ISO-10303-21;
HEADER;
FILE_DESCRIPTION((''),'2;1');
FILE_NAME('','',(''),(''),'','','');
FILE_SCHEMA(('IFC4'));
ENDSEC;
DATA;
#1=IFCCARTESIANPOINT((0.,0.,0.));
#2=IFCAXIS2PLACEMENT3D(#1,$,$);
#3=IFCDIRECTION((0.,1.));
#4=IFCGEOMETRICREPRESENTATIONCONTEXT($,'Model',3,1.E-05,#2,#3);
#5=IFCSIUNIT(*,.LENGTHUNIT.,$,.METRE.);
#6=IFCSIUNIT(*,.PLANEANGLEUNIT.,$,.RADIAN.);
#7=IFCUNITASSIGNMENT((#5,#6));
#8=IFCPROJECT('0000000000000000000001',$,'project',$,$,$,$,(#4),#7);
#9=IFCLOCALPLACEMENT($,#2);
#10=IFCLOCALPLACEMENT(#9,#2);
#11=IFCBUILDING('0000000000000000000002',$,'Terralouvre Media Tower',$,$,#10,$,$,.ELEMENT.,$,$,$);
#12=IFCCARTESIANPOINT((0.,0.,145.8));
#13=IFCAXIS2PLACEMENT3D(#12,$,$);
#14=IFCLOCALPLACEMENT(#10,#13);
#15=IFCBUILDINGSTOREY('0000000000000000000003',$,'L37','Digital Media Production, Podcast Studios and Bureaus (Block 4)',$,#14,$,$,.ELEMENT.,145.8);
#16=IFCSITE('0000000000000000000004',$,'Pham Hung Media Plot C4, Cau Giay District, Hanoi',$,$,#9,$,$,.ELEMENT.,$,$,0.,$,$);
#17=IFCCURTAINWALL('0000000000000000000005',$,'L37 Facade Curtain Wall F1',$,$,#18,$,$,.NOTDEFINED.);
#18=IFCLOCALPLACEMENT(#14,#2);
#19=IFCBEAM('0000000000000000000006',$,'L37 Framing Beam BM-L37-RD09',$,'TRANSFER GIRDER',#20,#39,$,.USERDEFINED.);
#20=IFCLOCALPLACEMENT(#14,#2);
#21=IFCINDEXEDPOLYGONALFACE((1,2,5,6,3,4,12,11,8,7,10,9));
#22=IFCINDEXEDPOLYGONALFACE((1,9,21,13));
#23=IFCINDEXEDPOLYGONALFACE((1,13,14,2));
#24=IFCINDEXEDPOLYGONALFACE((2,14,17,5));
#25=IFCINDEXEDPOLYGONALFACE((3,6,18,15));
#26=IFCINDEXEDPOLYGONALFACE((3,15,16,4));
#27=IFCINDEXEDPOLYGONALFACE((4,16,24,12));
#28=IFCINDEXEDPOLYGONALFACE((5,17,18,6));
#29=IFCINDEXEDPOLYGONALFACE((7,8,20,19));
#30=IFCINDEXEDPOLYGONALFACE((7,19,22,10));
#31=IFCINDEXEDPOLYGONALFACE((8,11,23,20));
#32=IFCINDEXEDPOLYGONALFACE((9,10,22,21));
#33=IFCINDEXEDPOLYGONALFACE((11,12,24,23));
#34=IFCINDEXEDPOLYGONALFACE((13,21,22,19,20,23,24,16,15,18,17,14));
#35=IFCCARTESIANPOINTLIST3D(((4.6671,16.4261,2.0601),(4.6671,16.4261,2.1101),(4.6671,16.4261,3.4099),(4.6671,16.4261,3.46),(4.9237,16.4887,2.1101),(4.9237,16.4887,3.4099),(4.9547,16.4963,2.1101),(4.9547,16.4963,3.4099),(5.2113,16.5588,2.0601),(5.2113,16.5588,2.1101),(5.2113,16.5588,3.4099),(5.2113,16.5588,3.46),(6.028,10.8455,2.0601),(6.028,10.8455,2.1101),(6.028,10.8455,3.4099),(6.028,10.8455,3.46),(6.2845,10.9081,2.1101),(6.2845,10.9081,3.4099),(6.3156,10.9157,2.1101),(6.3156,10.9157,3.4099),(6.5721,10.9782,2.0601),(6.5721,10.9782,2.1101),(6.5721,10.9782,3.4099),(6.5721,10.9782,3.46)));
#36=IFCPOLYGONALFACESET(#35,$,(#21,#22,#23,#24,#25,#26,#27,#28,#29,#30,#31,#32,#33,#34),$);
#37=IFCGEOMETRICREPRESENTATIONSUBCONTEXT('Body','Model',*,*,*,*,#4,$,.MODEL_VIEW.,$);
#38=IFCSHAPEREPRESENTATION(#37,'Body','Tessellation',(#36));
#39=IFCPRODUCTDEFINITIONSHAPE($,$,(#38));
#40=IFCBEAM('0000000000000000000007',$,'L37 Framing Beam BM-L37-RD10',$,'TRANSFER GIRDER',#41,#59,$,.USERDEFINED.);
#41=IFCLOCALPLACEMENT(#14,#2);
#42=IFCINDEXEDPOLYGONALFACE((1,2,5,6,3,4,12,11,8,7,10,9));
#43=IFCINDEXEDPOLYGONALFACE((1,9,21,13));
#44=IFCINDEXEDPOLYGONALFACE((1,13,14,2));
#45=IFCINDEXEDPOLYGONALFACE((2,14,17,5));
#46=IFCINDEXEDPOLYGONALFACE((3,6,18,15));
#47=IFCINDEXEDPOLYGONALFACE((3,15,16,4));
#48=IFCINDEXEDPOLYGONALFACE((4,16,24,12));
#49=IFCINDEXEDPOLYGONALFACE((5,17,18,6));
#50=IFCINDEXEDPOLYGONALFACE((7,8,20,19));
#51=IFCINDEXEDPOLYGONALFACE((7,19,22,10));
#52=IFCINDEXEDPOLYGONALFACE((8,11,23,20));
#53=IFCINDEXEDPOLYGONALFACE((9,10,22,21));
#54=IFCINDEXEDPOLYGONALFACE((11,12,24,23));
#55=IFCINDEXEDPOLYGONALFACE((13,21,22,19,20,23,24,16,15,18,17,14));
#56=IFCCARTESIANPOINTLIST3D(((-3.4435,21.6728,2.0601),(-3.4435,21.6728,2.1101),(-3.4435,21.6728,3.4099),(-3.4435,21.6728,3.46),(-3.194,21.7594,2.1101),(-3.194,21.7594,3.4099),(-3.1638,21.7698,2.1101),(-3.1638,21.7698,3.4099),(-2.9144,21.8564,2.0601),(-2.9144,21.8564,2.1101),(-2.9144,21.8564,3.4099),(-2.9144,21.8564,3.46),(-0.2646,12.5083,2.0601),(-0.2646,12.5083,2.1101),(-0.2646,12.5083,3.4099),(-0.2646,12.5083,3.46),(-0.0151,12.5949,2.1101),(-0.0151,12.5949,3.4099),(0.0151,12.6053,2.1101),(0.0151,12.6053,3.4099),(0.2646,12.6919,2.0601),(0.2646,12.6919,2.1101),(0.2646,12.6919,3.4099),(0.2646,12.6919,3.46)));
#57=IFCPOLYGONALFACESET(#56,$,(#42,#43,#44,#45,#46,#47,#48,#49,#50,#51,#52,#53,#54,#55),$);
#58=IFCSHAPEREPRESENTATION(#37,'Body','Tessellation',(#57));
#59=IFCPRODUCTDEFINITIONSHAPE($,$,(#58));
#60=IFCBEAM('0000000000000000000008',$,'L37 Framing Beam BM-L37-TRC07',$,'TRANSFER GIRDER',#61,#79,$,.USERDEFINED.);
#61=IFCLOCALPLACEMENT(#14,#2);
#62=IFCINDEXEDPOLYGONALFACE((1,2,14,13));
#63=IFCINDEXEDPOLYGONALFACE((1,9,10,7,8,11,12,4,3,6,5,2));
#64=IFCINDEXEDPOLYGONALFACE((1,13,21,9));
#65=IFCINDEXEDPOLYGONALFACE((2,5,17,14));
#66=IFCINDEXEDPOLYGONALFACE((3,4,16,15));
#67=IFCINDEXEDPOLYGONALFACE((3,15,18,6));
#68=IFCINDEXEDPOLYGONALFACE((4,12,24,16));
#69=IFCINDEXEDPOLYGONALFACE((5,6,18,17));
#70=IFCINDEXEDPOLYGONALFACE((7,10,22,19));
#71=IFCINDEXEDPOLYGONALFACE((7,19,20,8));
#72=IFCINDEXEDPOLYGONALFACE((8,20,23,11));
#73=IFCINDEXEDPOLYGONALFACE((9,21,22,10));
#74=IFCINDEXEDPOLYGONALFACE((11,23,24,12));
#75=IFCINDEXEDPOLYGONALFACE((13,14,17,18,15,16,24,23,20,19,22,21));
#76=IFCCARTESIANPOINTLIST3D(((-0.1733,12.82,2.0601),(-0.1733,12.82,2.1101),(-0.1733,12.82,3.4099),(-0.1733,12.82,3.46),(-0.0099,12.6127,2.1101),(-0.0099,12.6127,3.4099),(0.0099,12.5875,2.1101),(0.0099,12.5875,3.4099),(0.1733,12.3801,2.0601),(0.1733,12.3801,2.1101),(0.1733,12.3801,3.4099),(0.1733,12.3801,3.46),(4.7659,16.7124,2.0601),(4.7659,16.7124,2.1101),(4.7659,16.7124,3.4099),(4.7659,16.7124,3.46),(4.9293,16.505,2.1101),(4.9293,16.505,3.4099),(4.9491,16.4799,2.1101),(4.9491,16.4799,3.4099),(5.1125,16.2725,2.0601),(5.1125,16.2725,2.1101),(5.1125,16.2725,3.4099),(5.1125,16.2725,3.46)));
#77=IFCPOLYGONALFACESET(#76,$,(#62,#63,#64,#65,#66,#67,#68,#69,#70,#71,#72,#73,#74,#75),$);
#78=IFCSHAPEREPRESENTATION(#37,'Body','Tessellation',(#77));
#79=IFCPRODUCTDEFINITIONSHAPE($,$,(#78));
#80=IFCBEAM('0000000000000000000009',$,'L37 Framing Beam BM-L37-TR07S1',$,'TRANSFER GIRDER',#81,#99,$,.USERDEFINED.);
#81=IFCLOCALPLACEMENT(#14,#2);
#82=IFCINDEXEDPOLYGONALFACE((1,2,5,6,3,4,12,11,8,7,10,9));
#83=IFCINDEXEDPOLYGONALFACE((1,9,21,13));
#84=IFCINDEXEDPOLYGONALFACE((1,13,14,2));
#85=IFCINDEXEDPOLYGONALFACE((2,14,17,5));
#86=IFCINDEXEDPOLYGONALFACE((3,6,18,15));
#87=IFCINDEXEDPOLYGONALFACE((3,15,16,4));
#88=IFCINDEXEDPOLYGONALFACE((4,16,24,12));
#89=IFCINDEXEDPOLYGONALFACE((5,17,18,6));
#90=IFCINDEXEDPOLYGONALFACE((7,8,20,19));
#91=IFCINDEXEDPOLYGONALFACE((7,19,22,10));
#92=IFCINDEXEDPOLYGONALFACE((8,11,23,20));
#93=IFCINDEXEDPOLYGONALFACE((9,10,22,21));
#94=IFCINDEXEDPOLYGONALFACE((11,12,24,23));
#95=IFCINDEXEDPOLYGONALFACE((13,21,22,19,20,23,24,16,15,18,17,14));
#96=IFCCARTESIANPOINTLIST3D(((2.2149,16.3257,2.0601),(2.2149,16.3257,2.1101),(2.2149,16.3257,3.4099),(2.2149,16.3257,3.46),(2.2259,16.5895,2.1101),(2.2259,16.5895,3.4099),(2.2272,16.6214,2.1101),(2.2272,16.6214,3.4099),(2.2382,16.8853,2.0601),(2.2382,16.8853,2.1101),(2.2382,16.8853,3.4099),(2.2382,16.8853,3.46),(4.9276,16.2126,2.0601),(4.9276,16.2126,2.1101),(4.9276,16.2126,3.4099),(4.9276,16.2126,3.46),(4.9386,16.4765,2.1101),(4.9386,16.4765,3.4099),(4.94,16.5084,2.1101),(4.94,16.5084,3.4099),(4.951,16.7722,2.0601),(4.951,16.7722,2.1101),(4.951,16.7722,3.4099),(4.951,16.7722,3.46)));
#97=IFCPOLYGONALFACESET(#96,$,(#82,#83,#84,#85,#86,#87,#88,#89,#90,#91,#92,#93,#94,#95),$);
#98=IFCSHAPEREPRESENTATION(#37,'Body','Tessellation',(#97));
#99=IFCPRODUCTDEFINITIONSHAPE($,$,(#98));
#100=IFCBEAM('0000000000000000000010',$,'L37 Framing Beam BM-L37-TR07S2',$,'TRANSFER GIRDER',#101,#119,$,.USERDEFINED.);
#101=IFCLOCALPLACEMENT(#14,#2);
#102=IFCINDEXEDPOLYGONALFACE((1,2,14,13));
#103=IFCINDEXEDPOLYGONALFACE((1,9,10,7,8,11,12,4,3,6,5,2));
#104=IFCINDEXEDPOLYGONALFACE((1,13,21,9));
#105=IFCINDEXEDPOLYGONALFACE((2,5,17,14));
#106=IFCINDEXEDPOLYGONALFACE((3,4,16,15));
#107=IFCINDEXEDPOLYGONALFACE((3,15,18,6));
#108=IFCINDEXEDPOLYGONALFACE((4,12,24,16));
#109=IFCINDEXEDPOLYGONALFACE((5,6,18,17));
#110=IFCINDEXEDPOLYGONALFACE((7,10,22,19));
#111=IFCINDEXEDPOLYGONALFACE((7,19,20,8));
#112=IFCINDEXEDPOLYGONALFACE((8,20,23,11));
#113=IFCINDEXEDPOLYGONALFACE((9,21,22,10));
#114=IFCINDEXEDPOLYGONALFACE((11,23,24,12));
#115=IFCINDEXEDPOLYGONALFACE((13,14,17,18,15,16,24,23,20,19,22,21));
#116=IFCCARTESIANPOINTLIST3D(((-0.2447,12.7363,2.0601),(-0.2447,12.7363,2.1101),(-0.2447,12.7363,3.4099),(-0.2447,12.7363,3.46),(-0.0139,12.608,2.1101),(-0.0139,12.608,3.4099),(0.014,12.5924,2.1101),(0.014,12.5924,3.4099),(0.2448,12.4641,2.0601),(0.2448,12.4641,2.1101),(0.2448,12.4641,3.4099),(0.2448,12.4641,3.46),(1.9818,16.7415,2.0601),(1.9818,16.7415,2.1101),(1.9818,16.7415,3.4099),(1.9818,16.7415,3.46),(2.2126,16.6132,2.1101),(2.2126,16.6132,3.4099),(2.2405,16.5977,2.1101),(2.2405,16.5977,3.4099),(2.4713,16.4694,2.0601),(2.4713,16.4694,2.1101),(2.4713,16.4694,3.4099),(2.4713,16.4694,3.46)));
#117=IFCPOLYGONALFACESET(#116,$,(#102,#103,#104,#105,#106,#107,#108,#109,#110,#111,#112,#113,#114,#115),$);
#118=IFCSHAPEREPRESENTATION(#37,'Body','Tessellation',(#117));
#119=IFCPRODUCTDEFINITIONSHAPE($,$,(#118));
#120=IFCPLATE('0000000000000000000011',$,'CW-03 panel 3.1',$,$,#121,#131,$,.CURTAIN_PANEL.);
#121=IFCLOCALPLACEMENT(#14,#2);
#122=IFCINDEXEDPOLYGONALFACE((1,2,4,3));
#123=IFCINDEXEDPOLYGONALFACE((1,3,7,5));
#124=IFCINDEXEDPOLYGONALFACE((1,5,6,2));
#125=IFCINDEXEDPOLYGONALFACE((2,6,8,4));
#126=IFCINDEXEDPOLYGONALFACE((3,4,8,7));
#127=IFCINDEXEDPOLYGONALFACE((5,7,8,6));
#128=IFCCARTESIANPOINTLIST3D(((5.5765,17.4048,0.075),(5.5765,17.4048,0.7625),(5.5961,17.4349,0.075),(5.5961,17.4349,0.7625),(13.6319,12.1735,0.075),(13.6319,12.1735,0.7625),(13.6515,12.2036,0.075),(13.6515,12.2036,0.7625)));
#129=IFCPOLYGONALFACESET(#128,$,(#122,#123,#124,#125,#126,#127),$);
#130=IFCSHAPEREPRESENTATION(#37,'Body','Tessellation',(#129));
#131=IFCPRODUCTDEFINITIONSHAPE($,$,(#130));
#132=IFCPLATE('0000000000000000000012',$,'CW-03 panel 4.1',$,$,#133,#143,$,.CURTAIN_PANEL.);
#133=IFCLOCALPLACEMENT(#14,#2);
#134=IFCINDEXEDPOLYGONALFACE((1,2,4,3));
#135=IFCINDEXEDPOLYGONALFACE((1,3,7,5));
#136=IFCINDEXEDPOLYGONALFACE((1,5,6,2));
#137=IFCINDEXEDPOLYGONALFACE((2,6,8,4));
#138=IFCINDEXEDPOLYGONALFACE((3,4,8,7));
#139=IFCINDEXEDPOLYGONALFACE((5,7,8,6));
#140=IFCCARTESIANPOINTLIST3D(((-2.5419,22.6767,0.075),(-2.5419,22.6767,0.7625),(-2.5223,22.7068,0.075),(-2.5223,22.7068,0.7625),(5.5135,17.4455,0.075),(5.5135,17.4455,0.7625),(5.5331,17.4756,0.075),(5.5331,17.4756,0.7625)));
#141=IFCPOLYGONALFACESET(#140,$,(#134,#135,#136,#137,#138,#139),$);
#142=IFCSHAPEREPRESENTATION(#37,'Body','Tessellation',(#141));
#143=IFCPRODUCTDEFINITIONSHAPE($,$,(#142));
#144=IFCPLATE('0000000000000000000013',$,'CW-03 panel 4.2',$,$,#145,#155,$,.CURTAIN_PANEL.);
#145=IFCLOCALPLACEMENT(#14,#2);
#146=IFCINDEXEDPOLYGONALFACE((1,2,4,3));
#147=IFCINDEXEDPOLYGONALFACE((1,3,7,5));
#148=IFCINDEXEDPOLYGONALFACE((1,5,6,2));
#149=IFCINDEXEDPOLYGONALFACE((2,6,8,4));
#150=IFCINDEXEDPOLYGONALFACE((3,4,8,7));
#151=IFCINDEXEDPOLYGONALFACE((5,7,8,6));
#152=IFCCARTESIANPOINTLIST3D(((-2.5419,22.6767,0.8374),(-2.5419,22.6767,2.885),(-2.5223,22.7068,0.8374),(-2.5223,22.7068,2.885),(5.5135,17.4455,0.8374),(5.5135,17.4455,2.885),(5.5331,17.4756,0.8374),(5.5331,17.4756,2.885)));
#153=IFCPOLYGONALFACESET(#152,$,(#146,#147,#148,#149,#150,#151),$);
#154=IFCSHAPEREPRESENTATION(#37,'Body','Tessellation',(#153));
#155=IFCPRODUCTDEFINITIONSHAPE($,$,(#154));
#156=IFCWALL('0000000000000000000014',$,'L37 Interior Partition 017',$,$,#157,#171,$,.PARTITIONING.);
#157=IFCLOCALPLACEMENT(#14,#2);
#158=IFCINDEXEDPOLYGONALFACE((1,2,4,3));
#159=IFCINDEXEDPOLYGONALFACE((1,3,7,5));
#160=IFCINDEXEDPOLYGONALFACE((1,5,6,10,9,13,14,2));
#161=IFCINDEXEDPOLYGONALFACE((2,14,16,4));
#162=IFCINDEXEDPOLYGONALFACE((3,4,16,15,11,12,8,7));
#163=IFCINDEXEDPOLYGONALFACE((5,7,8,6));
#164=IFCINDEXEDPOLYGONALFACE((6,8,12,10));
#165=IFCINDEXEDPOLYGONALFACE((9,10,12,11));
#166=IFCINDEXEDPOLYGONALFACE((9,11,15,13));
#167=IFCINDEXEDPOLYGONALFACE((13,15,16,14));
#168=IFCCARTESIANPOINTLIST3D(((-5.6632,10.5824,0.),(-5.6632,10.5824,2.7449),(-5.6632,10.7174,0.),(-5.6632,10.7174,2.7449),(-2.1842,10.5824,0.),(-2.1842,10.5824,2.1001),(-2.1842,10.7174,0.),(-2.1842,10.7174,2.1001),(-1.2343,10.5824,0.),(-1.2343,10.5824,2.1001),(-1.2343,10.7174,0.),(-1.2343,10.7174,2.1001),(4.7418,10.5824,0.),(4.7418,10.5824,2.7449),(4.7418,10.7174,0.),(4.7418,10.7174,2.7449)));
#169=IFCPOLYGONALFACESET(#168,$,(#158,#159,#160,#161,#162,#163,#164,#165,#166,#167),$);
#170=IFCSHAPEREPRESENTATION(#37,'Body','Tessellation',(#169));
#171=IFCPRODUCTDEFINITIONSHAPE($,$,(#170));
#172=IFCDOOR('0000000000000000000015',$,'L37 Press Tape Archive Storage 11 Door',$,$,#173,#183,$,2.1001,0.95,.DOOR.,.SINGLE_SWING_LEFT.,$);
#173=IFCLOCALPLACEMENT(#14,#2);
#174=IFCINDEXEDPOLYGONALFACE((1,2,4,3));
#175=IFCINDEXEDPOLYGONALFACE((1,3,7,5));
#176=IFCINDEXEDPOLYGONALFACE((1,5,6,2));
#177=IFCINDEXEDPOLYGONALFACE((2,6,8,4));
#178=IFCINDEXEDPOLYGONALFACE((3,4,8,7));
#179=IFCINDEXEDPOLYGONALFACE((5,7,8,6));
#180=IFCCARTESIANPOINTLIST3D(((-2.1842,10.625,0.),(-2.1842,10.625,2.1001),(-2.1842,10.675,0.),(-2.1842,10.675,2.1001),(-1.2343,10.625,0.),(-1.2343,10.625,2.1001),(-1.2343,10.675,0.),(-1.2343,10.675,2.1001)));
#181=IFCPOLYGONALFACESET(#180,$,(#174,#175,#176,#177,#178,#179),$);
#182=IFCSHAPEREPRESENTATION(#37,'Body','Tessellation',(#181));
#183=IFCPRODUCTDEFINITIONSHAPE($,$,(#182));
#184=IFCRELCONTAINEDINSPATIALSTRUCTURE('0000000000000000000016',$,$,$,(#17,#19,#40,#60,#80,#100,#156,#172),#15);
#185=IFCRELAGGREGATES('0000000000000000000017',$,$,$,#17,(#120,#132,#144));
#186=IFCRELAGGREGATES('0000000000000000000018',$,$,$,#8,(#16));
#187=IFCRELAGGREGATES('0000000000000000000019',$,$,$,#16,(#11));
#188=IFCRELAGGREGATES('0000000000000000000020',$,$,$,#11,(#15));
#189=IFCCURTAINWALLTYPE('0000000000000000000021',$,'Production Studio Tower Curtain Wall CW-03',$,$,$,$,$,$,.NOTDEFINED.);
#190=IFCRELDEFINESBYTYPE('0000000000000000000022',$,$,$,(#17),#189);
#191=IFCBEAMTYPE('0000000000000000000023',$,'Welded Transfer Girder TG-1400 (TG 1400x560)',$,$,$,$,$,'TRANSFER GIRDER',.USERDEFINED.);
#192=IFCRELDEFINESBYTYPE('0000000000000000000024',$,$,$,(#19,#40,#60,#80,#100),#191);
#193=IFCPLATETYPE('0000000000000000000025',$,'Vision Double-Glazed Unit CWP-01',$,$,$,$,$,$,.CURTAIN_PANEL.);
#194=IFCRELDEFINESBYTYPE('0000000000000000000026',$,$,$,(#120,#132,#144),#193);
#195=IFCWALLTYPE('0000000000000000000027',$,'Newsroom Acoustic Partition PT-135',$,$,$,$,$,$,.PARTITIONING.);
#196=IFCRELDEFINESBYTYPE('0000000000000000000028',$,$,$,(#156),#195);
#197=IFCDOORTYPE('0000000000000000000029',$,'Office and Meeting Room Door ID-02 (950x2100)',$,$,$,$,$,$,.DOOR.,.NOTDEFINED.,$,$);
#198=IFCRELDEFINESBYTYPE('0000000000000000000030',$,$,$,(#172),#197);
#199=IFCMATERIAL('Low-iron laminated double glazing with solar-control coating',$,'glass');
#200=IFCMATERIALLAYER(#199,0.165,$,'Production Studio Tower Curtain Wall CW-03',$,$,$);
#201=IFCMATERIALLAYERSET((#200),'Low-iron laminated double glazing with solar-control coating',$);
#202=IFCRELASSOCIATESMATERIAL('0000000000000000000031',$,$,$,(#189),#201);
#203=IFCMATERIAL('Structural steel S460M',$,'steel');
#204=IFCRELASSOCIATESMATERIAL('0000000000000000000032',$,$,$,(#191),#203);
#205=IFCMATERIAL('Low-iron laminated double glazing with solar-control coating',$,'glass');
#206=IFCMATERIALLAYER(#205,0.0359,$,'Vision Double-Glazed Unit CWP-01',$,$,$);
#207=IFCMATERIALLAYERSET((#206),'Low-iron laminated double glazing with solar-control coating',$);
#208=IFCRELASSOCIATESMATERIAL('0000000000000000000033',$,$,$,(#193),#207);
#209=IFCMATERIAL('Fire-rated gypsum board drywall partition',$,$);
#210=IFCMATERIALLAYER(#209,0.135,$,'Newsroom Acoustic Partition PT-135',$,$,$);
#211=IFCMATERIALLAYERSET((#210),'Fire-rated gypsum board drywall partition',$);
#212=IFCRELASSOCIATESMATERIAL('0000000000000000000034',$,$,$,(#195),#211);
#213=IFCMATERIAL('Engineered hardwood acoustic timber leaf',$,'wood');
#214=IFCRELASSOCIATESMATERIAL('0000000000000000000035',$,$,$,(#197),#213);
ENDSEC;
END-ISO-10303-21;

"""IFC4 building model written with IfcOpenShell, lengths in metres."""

from ifc_helpers import new_model, si_unit, direction, frame, frame_2d, origin, origin_2d, place, context, subcontext, project, spatial, rectangle, i_section, extrude, material, layer, layer_set, material_profile, profile_set, type_object, element, fill, aggregate, save


model = new_model("IFC4")

# Units and contexts
model_context = context("Model", 3, precision=1e-05, world=origin(), true_north=direction((0.0, 1.0)))
body_context = subcontext(model_context, "Body", "Model", "MODEL_VIEW")
ifc_project = project(units=[si_unit("LENGTHUNIT", "METRE"), si_unit("PLANEANGLEUNIT", "RADIAN")], contexts=[model_context])

# Site, building, storey
site_placement = place(None, origin())
site = spatial("IfcSite", under=ifc_project, at=site_placement, Name="Pham Hung Media Plot C4, Cau Giay District, Hanoi", CompositionType="ELEMENT", RefElevation=0.0)
building_placement = place(site_placement, origin())
building = spatial("IfcBuilding", under=site, at=building_placement, Name="Terralouvre Media Tower", CompositionType="ELEMENT")
storey_placement = place(building_placement, frame((0.0, 0.0, 145.8)))
storey = spatial("IfcBuildingStorey", under=building, at=storey_placement, Name="L37", Description="Digital Media Production, Podcast Studios and Bureaus (Block 4)", CompositionType="ELEMENT", Elevation=145.8)

# Curtain wall
ifc_material_1 = material(Name="Low-iron laminated double glazing with solar-control coating", Category="glass")
ifc_layer_1 = layer(ifc_material_1, 0.165, Name="Production Studio Tower Curtain Wall CW-03")
ifc_layer_set_1 = layer_set([ifc_layer_1], Name="Low-iron laminated double glazing with solar-control coating")
curtain_wall_type = type_object("IfcCurtainWallType", Name="Production Studio Tower Curtain Wall CW-03", PredefinedType="NOTDEFINED", material=ifc_layer_set_1)
curtain_wall_placement = place(storey_placement, origin())
curtain_wall = element("IfcCurtainWall", 1, at=curtain_wall_placement, inside=storey, type_object=curtain_wall_type, Name="L37 Facade Curtain Wall F1", PredefinedType="NOTDEFINED")

# Beams
ifc_material_2 = material(Name="Structural steel S460M", Category="steel")
ifc_material_profile_1 = material_profile(ifc_material_2, i_section(OverallWidth=0.5601, OverallDepth=1.3999, WebThickness=0.032, FlangeThickness=0.05, at=origin_2d()), Name="TG 1400x560")
ifc_profile_set_1 = profile_set([ifc_material_profile_1], Name="Structural steel S460M")
beam_type_1 = type_object("IfcBeamType", Name="Welded Transfer Girder TG-1400 (TG 1400x560)", ElementType="TRANSFER GIRDER", PredefinedType="USERDEFINED", material=ifc_profile_set_1)
beam_1_placement = place(storey_placement, frame((6.3, 10.9119, 2.76), z_axis=(-0.236911, 0.971531, 0.0), x_axis=(-0.971531, -0.236911, 0.0)))
element("IfcBeam", 2, at=beam_1_placement, inside=storey, type_object=beam_type_1, Name="L37 Framing Beam BM-L37-RD09", ObjectType="TRANSFER GIRDER", PredefinedType="USERDEFINED", context=body_context, shape_type="SweptSolid", body=[
    extrude(i_section(OverallWidth=0.5601, OverallDepth=1.3999, WebThickness=0.032, FlangeThickness=0.05, at=origin_2d()), origin(), (0.0, 0.0, 1.0), 5.7441),
])
beam_2_placement = place(storey_placement, frame((0.0, 12.6001, 2.76), z_axis=(-0.327719, 0.944775, 0.0), x_axis=(-0.944775, -0.327719, 0.0)))
element("IfcBeam", 3, at=beam_2_placement, inside=storey, type_object=beam_type_1, Name="L37 Framing Beam BM-L37-RD10", ObjectType="TRANSFER GIRDER", PredefinedType="USERDEFINED", context=body_context, shape_type="SweptSolid", body=[
    extrude(i_section(OverallWidth=0.5601, OverallDepth=1.3999, WebThickness=0.032, FlangeThickness=0.05, at=origin_2d()), origin(), (0.0, 0.0, 1.0), 9.7002),
])
beam_3_placement = place(storey_placement, frame((4.9392, 16.4924, 2.76), z_axis=(-0.785427, -0.618954, 0.0), x_axis=(0.618954, -0.785427, 0.0)))
element("IfcBeam", 4, at=beam_3_placement, inside=storey, type_object=beam_type_1, Name="L37 Framing Beam BM-L37-TRC07", ObjectType="TRANSFER GIRDER", PredefinedType="USERDEFINED", context=body_context, shape_type="SweptSolid", body=[
    extrude(i_section(OverallWidth=0.5601, OverallDepth=1.3999, WebThickness=0.032, FlangeThickness=0.05, at=origin_2d()), origin(), (0.0, 0.0, 1.0), 6.2886),
])
beam_4_placement = place(storey_placement, frame((2.2266, 16.6055, 2.76), z_axis=(0.999133, -0.041634, 0.0), x_axis=(0.041634, 0.999133, 0.0)))
element("IfcBeam", 5, at=beam_4_placement, inside=storey, type_object=beam_type_1, Name="L37 Framing Beam BM-L37-TR07S1", ObjectType="TRANSFER GIRDER", PredefinedType="USERDEFINED", context=body_context, shape_type="SweptSolid", body=[
    extrude(i_section(OverallWidth=0.5601, OverallDepth=1.3999, WebThickness=0.032, FlangeThickness=0.05, at=origin_2d()), origin(), (0.0, 0.0, 1.0), 2.7151),
])
beam_5_placement = place(storey_placement, frame((2.2266, 16.6055, 2.76), z_axis=(-0.485869, -0.874032, 0.0), x_axis=(0.874032, -0.485869, 0.0)))
element("IfcBeam", 6, at=beam_5_placement, inside=storey, type_object=beam_type_1, Name="L37 Framing Beam BM-L37-TR07S2", ObjectType="TRANSFER GIRDER", PredefinedType="USERDEFINED", context=body_context, shape_type="SweptSolid", body=[
    extrude(i_section(OverallWidth=0.5601, OverallDepth=1.3999, WebThickness=0.032, FlangeThickness=0.05, at=origin_2d()), origin(), (0.0, 0.0, 1.0), 4.5825),
])

# Plates
ifc_material_3 = material(Name="Low-iron laminated double glazing with solar-control coating", Category="glass")
ifc_layer_2 = layer(ifc_material_3, 0.0359, Name="Vision Double-Glazed Unit CWP-01")
ifc_layer_set_2 = layer_set([ifc_layer_2], Name="Low-iron laminated double glazing with solar-control coating")
plate_type = type_object("IfcPlateType", Name="Vision Double-Glazed Unit CWP-01", PredefinedType="CURTAIN_PANEL", material=ifc_layer_set_2)
plate_1_placement = place(storey_placement, frame((9.614, 14.8042, 0.075), z_axis=(0.0, 0.0, 1.0), x_axis=(-0.838671, 0.544639, 0.0)))
plate_1 = element("IfcPlate", 7, at=plate_1_placement, type_object=plate_type, Name="CW-03 panel 3.1", PredefinedType="CURTAIN_PANEL", context=body_context, shape_type="SweptSolid", body=[
    extrude(rectangle(XDim=9.605, YDim=0.0359, at=origin_2d()), origin(), (0.0, 0.0, 1.0), 0.6875),
])
plate_2_placement = place(storey_placement, frame((1.4956, 20.0762, 0.075), z_axis=(0.0, 0.0, 1.0), x_axis=(-0.838671, 0.544639, 0.0)))
plate_2 = element("IfcPlate", 8, at=plate_2_placement, type_object=plate_type, Name="CW-03 panel 4.1", PredefinedType="CURTAIN_PANEL", context=body_context, shape_type="SweptSolid", body=[
    extrude(rectangle(XDim=9.605, YDim=0.0359, at=origin_2d()), origin(), (0.0, 0.0, 1.0), 0.6875),
])
plate_3_placement = place(storey_placement, frame((1.4956, 20.0762, 0.8374), z_axis=(0.0, 0.0, 1.0), x_axis=(-0.838671, 0.544639, 0.0)))
plate_3 = element("IfcPlate", 9, at=plate_3_placement, type_object=plate_type, Name="CW-03 panel 4.2", PredefinedType="CURTAIN_PANEL", context=body_context, shape_type="SweptSolid", body=[
    extrude(rectangle(XDim=9.605, YDim=0.0359, at=origin_2d()), origin(), (0.0, 0.0, 1.0), 2.0476),
])
aggregate(curtain_wall, [plate_1, plate_2, plate_3])

# Wall, opening, door
ifc_material_4 = material(Name="Fire-rated gypsum board drywall partition")
ifc_layer_3 = layer(ifc_material_4, 0.135, Name="Newsroom Acoustic Partition PT-135")
ifc_layer_set_3 = layer_set([ifc_layer_3], Name="Fire-rated gypsum board drywall partition")
wall_type_1 = type_object("IfcWallType", Name="Newsroom Acoustic Partition PT-135", PredefinedType="PARTITIONING", material=ifc_layer_set_3)
wall_1_placement = place(storey_placement, frame((4.7419, 10.6499, 0.0), z_axis=(0.0, 0.0, 1.0), x_axis=(-1.0, 0.0, 0.0)))
wall_1 = element("IfcWall", 10, at=wall_1_placement, inside=storey, type_object=wall_type_1, Name="L37 Interior Partition 017", PredefinedType="PARTITIONING", context=body_context, shape_type="SweptSolid", body=[
    extrude(rectangle(XDim=10.405, YDim=0.135, at=frame_2d((5.2026, 0.0))), origin(), (0.0, 0.0, 1.0), 2.7449),
])
opening_1_placement = place(wall_1_placement, frame((5.9761, 0.0, 0.0)))
opening_1 = element("IfcOpeningElement", 11, at=opening_1_placement, cuts=wall_1, PredefinedType="OPENING", context=body_context, shape_type="SweptSolid", body=[
    extrude(rectangle(XDim=0.95, YDim=2.1001, at=frame_2d((0.4751, 1.05))), frame((0.0, 0.0774, 0.0), z_axis=(0.0, -1.0, 0.0), x_axis=(1.0, 0.0, 0.0)), (0.0, 0.0, 1.0), 0.155),
])
ifc_material_5 = material(Name="Engineered hardwood acoustic timber leaf", Category="wood")
door_type_1 = type_object("IfcDoorType", Name="Office and Meeting Room Door ID-02 (950x2100)", OperationType="NOTDEFINED", PredefinedType="DOOR", material=ifc_material_5)
door_1_placement = place(opening_1_placement, origin())
door_1 = element("IfcDoor", 12, at=door_1_placement, inside=storey, type_object=door_type_1, Name="L37 Press Tape Archive Storage 11 Door", OperationType="SINGLE_SWING_LEFT", OverallHeight=2.1001, OverallWidth=0.95, PredefinedType="DOOR", context=body_context, shape_type="SweptSolid", body=[
    extrude(rectangle(XDim=0.95, YDim=2.1001, at=frame_2d((0.4751, 1.05))), frame((0.0, 0.0249, 0.0), z_axis=(0.0, -1.0, 0.0), x_axis=(1.0, 0.0, 0.0)), (0.0, 0.0, 1.0), 0.05),
])
fill(opening_1, door_1)

save(model, "model.ifc")
